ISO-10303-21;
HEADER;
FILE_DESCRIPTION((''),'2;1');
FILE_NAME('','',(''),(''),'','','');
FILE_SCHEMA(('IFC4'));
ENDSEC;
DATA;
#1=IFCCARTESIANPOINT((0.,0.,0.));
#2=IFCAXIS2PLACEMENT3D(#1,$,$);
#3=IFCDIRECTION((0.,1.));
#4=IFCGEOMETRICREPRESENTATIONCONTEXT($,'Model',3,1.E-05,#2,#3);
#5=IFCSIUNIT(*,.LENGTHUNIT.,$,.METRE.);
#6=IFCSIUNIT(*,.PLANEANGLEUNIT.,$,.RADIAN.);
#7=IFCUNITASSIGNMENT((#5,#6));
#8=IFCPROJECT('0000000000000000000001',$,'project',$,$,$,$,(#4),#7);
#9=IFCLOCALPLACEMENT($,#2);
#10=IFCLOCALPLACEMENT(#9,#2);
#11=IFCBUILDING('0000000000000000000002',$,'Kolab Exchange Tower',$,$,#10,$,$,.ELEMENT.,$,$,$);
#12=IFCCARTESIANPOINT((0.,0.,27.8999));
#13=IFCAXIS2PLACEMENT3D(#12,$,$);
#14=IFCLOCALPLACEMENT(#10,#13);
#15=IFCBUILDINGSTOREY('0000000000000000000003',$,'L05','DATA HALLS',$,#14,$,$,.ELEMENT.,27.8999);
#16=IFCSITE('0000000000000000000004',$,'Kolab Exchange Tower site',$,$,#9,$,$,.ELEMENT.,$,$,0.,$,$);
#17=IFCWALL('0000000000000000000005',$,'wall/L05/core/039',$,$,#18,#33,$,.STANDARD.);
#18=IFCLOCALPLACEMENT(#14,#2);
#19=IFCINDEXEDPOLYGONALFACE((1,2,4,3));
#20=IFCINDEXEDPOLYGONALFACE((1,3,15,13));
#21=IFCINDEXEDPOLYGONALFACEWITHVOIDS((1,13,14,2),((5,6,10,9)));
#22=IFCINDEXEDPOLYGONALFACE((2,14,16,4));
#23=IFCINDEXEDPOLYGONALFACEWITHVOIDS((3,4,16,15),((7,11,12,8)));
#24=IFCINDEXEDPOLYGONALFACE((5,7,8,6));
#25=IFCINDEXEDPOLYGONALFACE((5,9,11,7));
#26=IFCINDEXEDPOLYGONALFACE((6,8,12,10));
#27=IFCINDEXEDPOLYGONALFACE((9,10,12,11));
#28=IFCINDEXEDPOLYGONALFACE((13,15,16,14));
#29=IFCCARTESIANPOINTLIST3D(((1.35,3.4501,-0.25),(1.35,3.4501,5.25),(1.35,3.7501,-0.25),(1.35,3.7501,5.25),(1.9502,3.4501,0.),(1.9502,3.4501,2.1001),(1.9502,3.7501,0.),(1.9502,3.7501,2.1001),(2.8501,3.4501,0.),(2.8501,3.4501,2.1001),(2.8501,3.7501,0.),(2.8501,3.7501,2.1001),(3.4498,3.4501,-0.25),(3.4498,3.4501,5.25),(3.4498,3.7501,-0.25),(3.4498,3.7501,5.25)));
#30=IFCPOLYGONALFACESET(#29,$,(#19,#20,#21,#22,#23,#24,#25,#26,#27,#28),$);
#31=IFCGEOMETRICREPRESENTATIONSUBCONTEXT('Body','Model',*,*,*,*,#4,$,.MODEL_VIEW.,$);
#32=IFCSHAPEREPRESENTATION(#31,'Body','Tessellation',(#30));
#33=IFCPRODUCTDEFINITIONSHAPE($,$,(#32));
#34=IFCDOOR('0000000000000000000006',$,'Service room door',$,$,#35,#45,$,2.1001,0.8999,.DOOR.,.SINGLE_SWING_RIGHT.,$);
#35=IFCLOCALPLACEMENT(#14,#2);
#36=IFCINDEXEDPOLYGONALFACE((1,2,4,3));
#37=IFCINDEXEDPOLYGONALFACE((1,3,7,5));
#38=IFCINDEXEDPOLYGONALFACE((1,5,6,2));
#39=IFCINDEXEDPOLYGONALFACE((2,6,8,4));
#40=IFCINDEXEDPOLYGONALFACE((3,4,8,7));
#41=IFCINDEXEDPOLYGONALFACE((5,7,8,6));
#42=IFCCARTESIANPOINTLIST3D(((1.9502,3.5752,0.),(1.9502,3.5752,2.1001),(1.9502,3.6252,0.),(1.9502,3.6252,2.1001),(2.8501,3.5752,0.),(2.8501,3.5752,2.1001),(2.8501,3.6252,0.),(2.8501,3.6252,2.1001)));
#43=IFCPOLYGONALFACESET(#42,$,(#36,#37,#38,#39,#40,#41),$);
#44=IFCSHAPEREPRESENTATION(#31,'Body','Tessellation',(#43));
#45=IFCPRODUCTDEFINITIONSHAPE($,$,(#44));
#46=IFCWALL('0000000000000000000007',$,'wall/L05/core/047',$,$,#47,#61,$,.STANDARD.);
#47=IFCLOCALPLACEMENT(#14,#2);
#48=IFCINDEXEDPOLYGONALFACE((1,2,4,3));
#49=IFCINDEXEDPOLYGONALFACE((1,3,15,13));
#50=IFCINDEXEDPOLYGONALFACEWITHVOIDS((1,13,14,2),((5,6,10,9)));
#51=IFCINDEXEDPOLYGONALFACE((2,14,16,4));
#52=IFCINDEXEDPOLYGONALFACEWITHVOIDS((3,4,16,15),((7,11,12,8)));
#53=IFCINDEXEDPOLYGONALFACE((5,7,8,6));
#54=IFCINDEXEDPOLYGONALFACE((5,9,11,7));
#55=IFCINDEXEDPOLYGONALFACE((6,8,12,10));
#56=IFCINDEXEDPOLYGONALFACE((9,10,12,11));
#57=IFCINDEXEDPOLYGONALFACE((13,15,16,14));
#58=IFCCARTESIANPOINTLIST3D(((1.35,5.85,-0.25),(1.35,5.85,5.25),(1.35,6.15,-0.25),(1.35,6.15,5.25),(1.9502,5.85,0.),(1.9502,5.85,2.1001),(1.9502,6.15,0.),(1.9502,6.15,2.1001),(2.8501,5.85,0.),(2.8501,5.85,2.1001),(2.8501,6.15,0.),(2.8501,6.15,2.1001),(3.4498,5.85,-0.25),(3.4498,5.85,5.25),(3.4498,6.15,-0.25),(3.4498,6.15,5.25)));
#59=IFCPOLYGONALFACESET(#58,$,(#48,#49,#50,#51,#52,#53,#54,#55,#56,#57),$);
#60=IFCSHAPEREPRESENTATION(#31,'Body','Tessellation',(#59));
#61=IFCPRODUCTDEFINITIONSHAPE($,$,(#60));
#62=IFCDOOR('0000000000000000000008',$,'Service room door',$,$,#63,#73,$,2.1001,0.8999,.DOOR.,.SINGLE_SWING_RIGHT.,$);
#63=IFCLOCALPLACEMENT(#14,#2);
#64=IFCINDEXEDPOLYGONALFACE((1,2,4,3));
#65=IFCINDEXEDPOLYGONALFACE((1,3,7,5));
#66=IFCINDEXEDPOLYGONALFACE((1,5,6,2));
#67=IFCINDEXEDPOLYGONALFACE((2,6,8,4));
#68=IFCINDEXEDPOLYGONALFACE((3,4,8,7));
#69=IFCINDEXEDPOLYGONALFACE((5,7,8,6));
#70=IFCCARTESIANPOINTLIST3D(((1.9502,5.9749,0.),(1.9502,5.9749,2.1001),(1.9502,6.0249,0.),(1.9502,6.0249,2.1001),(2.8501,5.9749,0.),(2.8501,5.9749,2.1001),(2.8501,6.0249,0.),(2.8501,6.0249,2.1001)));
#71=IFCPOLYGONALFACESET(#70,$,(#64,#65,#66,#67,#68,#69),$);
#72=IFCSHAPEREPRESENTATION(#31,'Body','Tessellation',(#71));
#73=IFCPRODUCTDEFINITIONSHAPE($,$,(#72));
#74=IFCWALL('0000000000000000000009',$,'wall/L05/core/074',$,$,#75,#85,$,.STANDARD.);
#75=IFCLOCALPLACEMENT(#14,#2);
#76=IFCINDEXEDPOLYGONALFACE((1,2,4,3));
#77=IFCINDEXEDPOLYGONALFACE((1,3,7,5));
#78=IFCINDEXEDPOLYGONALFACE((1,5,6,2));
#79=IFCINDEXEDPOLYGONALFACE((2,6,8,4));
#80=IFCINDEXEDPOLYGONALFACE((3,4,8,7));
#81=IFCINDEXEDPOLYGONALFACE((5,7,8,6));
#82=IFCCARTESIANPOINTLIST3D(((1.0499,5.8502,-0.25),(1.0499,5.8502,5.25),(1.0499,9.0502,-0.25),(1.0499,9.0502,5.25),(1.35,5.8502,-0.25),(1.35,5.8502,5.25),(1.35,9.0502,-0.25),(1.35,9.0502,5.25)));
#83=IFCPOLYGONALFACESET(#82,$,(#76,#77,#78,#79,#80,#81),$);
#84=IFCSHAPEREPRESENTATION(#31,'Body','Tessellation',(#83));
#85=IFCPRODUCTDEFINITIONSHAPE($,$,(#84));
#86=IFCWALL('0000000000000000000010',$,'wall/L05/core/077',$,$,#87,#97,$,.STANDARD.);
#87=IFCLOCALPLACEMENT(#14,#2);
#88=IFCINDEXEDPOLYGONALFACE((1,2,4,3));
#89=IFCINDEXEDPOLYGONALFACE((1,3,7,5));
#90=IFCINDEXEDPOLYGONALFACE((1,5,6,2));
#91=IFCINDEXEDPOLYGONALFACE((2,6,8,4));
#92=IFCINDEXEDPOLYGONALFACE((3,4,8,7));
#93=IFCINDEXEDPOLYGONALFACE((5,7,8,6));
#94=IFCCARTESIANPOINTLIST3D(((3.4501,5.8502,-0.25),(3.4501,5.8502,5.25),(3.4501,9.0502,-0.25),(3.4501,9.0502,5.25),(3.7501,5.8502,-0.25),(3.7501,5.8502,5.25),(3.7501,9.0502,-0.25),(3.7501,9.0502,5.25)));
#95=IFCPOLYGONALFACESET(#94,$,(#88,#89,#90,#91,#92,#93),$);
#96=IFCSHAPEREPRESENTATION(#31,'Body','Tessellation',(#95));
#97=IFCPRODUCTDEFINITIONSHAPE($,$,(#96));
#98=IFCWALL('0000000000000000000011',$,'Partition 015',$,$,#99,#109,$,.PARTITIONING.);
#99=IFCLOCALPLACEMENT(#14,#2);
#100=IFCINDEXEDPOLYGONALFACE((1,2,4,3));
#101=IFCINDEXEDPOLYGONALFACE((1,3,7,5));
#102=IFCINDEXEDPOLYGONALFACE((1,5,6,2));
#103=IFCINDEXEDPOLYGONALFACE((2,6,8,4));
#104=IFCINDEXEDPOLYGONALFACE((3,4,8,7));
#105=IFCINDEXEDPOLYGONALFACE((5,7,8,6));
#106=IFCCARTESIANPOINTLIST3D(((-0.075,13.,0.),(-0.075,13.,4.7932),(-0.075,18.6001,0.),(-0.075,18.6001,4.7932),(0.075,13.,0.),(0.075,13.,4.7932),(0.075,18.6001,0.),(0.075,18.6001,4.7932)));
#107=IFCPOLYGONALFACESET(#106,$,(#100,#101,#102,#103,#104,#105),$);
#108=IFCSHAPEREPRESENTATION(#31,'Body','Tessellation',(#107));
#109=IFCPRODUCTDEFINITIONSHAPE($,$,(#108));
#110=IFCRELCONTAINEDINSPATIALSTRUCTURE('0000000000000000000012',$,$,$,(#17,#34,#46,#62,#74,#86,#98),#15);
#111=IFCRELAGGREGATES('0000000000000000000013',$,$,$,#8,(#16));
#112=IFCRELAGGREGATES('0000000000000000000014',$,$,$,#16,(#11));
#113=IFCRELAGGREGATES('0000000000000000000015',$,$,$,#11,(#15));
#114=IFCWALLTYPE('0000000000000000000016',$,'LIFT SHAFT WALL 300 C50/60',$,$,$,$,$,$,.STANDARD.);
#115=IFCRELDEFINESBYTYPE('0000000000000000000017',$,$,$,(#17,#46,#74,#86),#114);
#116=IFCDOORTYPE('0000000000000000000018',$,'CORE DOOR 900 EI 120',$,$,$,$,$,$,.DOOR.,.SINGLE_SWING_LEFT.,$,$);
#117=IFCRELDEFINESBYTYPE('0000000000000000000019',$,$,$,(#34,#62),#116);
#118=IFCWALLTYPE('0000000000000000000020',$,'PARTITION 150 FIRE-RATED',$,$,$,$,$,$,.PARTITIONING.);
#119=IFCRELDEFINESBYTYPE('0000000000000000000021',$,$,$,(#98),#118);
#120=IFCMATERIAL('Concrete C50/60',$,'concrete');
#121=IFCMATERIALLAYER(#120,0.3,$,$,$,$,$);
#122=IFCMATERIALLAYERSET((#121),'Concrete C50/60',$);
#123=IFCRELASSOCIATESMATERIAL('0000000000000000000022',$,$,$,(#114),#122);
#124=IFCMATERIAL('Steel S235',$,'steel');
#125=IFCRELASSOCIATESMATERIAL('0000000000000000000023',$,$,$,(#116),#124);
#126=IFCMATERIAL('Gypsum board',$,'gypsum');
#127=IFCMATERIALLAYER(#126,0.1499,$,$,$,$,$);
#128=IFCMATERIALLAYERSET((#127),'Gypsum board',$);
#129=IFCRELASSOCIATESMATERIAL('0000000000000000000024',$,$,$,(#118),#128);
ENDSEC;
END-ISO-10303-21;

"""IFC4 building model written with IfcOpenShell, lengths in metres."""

from ifc_helpers import new_model, si_unit, direction, frame, frame_2d, origin, place, context, subcontext, project, spatial, rectangle, extrude, material, layer, layer_set, type_object, element, fill, save


model = new_model("IFC4")

# Units and contexts
model_context = context("Model", 3, precision=1e-05, world=origin(), true_north=direction((0.0, 1.0)))
body_context = subcontext(model_context, "Body", "Model", "MODEL_VIEW")
ifc_project = project(units=[si_unit("LENGTHUNIT", "METRE"), si_unit("PLANEANGLEUNIT", "RADIAN")], contexts=[model_context])

# Site, building, storey
site_placement = place(None, origin())
site = spatial("IfcSite", under=ifc_project, at=site_placement, Name="Kolab Exchange Tower site", CompositionType="ELEMENT", RefElevation=0.0)
building_placement = place(site_placement, origin())
building = spatial("IfcBuilding", under=site, at=building_placement, Name="Kolab Exchange Tower", CompositionType="ELEMENT")
storey_placement = place(building_placement, frame((0.0, 0.0, 27.8999)))
storey = spatial("IfcBuildingStorey", under=building, at=storey_placement, Name="L05", Description="DATA HALLS", CompositionType="ELEMENT", Elevation=27.8999)

# Shared definitions
ifc_material_1 = material(Name="Concrete C50/60", Category="concrete")

# Shared definitions
ifc_layer_1 = layer(ifc_material_1, 0.3)
ifc_layer_set_1 = layer_set([ifc_layer_1], Name="Concrete C50/60")
wall_type_1 = type_object("IfcWallType", Name="LIFT SHAFT WALL 300 C50/60", PredefinedType="STANDARD", material=ifc_layer_set_1)

# Walls, openings, doors
wall_1_placement = place(storey_placement, frame((1.3501, 3.6001, -0.25), z_axis=(0.0, 0.0, 1.0), x_axis=(1.0, 0.0, 0.0)))
wall_1 = element("IfcWall", 1, at=wall_1_placement, inside=storey, type_object=wall_type_1, Name="wall/L05/core/039", PredefinedType="STANDARD", context=body_context, shape_type="SweptSolid", body=[
    extrude(rectangle(XDim=2.0999, YDim=0.3, at=frame_2d((1.0498, 0.0))), origin(), (0.0, 0.0, 1.0), 5.5),
])
opening_1_placement = place(wall_1_placement, frame((0.6001, 0.0, 0.25)))
opening_1 = element("IfcOpeningElement", 2, at=opening_1_placement, cuts=wall_1, PredefinedType="OPENING", context=body_context, shape_type="SweptSolid", body=[
    extrude(rectangle(XDim=0.8999, YDim=2.1001, at=frame_2d((0.45, 1.05))), frame((0.0, 0.1602, 0.0), z_axis=(0.0, -1.0, 0.0), x_axis=(1.0, 0.0, 0.0)), (0.0, 0.0, 1.0), 0.3201),
])
ifc_material_2 = material(Name="Steel S235", Category="steel")
door_type = type_object("IfcDoorType", Name="CORE DOOR 900 EI 120", OperationType="SINGLE_SWING_LEFT", PredefinedType="DOOR", material=ifc_material_2)
door_1_placement = place(opening_1_placement, frame((0.8999, 0.0, 0.0), z_axis=(0.0, 0.0, 1.0), x_axis=(-1.0, 0.0, 0.0)))
door_1 = element("IfcDoor", 3, at=door_1_placement, inside=storey, type_object=door_type, Name="Service room door", OperationType="SINGLE_SWING_RIGHT", OverallHeight=2.1001, OverallWidth=0.8999, PredefinedType="DOOR", context=body_context, shape_type="SweptSolid", body=[
    extrude(rectangle(XDim=0.8999, YDim=2.1001, at=frame_2d((0.45, 1.05))), frame((0.0, 0.0249, 0.0), z_axis=(0.0, -1.0, 0.0), x_axis=(1.0, 0.0, 0.0)), (0.0, 0.0, 1.0), 0.05),
])
fill(opening_1, door_1)
wall_2_placement = place(storey_placement, frame((1.3501, 6.0, -0.25), z_axis=(0.0, 0.0, 1.0), x_axis=(1.0, 0.0, 0.0)))
wall_2 = element("IfcWall", 4, at=wall_2_placement, inside=storey, type_object=wall_type_1, Name="wall/L05/core/047", PredefinedType="STANDARD", context=body_context, shape_type="SweptSolid", body=[
    extrude(rectangle(XDim=2.0999, YDim=0.3, at=frame_2d((1.0498, 0.0))), origin(), (0.0, 0.0, 1.0), 5.5),
])
opening_2_placement = place(wall_2_placement, frame((0.6001, 0.0, 0.25)))
opening_2 = element("IfcOpeningElement", 5, at=opening_2_placement, cuts=wall_2, PredefinedType="OPENING", context=body_context, shape_type="SweptSolid", body=[
    extrude(rectangle(XDim=0.8999, YDim=2.1001, at=frame_2d((0.45, 1.05))), frame((0.0, 0.1602, 0.0), z_axis=(0.0, -1.0, 0.0), x_axis=(1.0, 0.0, 0.0)), (0.0, 0.0, 1.0), 0.3201),
])
door_2_placement = place(opening_2_placement, origin())
door_2 = element("IfcDoor", 6, at=door_2_placement, inside=storey, type_object=door_type, Name="Service room door", OperationType="SINGLE_SWING_RIGHT", OverallHeight=2.1001, OverallWidth=0.8999, PredefinedType="DOOR", context=body_context, shape_type="SweptSolid", body=[
    extrude(rectangle(XDim=0.8999, YDim=2.1001, at=frame_2d((0.45, 1.05))), frame((0.0, 0.0249, 0.0), z_axis=(0.0, -1.0, 0.0), x_axis=(1.0, 0.0, 0.0)), (0.0, 0.0, 1.0), 0.05),
])
fill(opening_2, door_2)

# Walls
for number, where, z_axis, x_axis, name in (
    (7, (1.2, 5.8501, -0.25), (0.0, 0.0, 1.0), (0.0, 1.0, 0.0), "wall/L05/core/074"),
    (8, (3.6001, 5.8501, -0.25), (0.0, 0.0, 1.0), (0.0, 1.0, 0.0), "wall/L05/core/077"),
):
    element("IfcWall", number, at=place(storey_placement, frame(where, z_axis=z_axis, x_axis=x_axis)), inside=storey, type_object=wall_type_1, Name=name, PredefinedType="STANDARD", context=body_context, shape_type="SweptSolid", body=[
        extrude(rectangle(XDim=3.2, YDim=0.3, at=frame_2d((1.6001, 0.0))), origin(), (0.0, 0.0, 1.0), 5.5),
    ])
ifc_material_3 = material(Name="Gypsum board", Category="gypsum")
ifc_layer_2 = layer(ifc_material_3, 0.1499)
ifc_layer_set_2 = layer_set([ifc_layer_2], Name="Gypsum board")
wall_type_2 = type_object("IfcWallType", Name="PARTITION 150 FIRE-RATED", PredefinedType="PARTITIONING", material=ifc_layer_set_2)
wall_3_placement = place(storey_placement, frame((0.0, 13.0, 0.0), z_axis=(0.0, 0.0, 1.0), x_axis=(0.0, 1.0, 0.0)))
element("IfcWall", 9, at=wall_3_placement, inside=storey, type_object=wall_type_2, Name="Partition 015", PredefinedType="PARTITIONING", context=body_context, shape_type="SweptSolid", body=[
    extrude(rectangle(XDim=5.6001, YDim=0.1499, at=frame_2d((2.8, 0.0))), origin(), (0.0, 0.0, 1.0), 4.7932),
])

save(model, "model.ifc")
